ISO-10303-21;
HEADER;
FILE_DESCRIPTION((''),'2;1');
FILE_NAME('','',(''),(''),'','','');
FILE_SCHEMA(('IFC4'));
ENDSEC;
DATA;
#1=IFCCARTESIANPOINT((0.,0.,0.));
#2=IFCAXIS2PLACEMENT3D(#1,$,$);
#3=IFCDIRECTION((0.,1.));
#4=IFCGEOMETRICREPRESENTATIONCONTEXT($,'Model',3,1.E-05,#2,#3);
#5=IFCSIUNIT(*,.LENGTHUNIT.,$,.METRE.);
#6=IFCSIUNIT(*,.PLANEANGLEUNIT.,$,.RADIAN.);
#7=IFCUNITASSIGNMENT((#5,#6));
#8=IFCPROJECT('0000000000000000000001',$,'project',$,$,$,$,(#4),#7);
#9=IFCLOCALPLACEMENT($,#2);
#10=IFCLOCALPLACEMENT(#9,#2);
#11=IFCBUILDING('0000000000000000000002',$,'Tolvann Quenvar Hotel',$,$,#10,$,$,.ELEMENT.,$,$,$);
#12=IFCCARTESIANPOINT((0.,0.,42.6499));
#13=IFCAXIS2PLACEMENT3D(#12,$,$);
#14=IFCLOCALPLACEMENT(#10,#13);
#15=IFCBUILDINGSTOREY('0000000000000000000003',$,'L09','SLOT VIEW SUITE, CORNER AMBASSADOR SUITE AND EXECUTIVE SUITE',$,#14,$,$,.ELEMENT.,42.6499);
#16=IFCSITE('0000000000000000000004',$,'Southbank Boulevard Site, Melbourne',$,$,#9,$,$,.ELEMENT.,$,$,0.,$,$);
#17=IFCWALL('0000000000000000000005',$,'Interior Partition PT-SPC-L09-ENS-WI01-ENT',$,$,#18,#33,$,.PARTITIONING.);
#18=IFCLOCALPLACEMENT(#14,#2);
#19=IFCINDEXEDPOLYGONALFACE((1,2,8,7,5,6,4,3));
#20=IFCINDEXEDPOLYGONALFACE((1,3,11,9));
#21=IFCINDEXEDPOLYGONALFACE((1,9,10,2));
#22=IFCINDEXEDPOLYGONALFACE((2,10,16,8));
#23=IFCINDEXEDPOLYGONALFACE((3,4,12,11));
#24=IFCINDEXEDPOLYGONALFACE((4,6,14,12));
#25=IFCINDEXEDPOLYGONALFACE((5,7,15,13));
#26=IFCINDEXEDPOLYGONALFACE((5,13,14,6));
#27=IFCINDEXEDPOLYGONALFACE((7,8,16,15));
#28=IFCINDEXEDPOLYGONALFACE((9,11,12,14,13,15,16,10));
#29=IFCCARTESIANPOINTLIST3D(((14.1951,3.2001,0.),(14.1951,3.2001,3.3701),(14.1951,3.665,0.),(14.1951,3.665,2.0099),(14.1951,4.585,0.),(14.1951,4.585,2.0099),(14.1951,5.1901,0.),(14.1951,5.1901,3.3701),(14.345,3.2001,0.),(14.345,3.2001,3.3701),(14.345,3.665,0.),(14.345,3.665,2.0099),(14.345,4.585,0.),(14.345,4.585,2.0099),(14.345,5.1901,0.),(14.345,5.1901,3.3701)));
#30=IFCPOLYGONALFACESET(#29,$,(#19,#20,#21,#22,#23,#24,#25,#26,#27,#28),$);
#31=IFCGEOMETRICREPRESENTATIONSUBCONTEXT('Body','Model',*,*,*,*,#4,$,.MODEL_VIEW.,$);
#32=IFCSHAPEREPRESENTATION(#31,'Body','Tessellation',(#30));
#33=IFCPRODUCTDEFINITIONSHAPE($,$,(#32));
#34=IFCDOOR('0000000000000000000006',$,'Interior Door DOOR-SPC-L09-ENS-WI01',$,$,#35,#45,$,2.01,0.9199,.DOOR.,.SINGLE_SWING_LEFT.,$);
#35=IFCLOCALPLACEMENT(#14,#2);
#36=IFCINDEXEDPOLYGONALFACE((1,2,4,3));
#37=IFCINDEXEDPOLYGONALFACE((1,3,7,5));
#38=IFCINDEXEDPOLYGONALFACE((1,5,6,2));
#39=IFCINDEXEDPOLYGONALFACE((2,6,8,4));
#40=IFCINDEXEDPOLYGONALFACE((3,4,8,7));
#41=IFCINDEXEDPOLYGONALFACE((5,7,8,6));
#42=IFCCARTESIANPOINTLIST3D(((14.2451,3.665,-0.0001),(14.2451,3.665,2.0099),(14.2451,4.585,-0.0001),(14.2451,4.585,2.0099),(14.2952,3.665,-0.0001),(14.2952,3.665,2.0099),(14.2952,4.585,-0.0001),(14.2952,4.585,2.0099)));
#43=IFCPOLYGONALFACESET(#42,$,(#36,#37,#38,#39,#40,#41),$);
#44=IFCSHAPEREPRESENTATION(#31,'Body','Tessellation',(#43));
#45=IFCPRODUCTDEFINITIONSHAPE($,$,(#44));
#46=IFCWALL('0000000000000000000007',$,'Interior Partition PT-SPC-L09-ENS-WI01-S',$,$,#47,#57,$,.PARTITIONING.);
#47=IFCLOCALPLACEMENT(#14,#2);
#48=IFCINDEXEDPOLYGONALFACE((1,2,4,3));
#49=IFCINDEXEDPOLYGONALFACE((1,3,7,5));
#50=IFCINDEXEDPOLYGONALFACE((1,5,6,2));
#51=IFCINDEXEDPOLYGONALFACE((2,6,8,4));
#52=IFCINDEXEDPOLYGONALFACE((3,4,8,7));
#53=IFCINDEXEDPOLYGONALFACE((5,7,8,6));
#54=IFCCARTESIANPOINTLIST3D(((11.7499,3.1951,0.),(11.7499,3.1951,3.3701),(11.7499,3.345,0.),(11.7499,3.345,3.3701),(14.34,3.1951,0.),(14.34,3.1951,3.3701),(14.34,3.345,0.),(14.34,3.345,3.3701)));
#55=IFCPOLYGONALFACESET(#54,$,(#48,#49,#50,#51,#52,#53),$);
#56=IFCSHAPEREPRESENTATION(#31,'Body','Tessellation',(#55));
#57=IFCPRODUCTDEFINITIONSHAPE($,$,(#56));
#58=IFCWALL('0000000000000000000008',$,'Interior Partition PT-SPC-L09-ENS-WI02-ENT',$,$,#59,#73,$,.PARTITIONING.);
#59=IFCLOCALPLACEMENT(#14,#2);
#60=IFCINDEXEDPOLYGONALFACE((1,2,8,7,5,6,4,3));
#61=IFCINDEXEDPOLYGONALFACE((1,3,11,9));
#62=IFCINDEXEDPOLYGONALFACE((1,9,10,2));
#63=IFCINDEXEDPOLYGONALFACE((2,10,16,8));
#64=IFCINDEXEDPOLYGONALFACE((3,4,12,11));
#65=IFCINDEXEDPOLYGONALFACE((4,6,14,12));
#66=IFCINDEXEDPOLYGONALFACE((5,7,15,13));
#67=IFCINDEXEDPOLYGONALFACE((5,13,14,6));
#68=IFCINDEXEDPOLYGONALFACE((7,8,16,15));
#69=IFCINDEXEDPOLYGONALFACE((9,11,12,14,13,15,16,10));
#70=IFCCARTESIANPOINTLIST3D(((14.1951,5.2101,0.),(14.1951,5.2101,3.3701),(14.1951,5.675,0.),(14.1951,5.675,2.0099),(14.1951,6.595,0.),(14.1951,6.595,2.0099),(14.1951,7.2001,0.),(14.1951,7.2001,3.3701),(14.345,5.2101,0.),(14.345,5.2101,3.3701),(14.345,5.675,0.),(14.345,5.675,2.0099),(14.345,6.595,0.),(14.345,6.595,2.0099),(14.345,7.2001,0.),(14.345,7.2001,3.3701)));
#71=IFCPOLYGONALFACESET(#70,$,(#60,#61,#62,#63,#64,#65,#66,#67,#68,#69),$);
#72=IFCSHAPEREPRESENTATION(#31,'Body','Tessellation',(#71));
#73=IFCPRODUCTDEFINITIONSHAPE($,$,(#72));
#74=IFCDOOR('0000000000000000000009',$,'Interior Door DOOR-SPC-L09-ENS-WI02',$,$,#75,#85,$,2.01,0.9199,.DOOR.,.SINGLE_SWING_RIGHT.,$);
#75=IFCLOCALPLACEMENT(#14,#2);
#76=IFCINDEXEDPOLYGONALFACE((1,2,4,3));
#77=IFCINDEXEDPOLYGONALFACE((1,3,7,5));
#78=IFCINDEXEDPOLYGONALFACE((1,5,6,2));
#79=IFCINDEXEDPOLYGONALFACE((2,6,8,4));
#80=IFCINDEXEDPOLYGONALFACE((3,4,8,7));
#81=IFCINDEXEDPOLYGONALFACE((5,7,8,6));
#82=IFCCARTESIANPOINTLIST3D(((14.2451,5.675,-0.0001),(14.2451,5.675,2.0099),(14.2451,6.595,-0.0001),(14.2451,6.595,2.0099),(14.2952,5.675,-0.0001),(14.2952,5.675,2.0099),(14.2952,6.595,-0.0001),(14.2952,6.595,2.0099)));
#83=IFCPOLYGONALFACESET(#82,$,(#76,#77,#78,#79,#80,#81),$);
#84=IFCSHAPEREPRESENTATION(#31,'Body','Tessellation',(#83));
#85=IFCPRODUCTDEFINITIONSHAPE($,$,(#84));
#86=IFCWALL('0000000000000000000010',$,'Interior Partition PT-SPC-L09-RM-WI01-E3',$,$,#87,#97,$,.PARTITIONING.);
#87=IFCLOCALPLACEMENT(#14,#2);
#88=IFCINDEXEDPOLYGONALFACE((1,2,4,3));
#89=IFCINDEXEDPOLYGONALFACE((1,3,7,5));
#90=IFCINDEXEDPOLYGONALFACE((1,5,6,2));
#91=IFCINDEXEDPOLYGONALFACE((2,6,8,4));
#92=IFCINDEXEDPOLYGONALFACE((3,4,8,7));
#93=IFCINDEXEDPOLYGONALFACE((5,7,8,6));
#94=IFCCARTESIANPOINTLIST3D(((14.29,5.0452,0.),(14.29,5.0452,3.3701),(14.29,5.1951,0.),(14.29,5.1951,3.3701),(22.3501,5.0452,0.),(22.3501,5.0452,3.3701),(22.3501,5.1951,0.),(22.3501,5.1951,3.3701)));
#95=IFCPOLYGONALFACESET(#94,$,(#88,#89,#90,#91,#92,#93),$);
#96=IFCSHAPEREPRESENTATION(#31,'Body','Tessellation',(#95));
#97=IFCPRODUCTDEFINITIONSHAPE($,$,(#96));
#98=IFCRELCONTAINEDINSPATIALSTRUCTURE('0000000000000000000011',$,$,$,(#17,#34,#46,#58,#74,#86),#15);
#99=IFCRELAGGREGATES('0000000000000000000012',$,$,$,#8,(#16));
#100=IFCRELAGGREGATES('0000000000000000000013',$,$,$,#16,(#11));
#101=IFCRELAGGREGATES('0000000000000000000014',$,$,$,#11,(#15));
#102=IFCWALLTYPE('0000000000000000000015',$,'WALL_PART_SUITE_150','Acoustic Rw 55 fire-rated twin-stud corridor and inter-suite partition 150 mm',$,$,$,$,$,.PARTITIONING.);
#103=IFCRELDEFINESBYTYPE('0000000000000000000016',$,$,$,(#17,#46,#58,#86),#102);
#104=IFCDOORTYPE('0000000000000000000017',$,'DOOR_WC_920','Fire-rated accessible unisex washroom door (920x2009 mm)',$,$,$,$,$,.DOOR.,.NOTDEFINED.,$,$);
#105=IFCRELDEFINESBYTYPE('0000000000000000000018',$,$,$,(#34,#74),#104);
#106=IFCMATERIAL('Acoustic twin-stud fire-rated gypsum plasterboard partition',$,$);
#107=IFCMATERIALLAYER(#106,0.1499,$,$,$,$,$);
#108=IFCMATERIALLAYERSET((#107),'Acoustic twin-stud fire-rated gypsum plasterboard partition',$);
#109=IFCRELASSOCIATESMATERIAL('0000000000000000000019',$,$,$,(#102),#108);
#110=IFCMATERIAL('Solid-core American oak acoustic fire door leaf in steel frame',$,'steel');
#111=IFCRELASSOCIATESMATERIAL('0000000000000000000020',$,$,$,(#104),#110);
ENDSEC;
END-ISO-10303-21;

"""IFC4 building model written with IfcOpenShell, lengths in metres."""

from ifc_helpers import new_model, si_unit, direction, frame, frame_2d, origin, place, context, subcontext, project, spatial, rectangle, extrude, source, transform, mapped, material, layer, layer_set, type_object, type_shapes, element, fill, save


model = new_model("IFC4")

# Units and contexts
model_context = context("Model", 3, precision=1e-05, world=origin(), true_north=direction((0.0, 1.0)))
body_context = subcontext(model_context, "Body", "Model", "MODEL_VIEW")
ifc_project = project(units=[si_unit("LENGTHUNIT", "METRE"), si_unit("PLANEANGLEUNIT", "RADIAN")], contexts=[model_context])

# Site, building, storey
site_placement = place(None, origin())
site = spatial("IfcSite", under=ifc_project, at=site_placement, Name="Southbank Boulevard Site, Melbourne", CompositionType="ELEMENT", RefElevation=0.0)
building_placement = place(site_placement, origin())
building = spatial("IfcBuilding", under=site, at=building_placement, Name="Tolvann Quenvar Hotel", CompositionType="ELEMENT")
storey_placement = place(building_placement, frame((0.0, 0.0, 42.6499)))
storey = spatial("IfcBuildingStorey", under=building, at=storey_placement, Name="L09", Description="SLOT VIEW SUITE, CORNER AMBASSADOR SUITE AND EXECUTIVE SUITE", CompositionType="ELEMENT", Elevation=42.6499)

# Wall, opening, door
ifc_material_1 = material(Name="Acoustic twin-stud fire-rated gypsum plasterboard partition")
ifc_layer_1 = layer(ifc_material_1, 0.1499)
ifc_layer_set_1 = layer_set([ifc_layer_1], Name="Acoustic twin-stud fire-rated gypsum plasterboard partition")
wall_type_1 = type_object("IfcWallType", Name="WALL_PART_SUITE_150", Description="Acoustic Rw 55 fire-rated twin-stud corridor and inter-suite partition 150 mm", PredefinedType="PARTITIONING", material=ifc_layer_set_1)
wall_1_placement = place(storey_placement, frame((14.27, 3.2, 0.0), z_axis=(0.0, 0.0, 1.0), x_axis=(0.0, 1.0, 0.0)))
wall_1 = element("IfcWall", 1, at=wall_1_placement, inside=storey, type_object=wall_type_1, Name="Interior Partition PT-SPC-L09-ENS-WI01-ENT", PredefinedType="PARTITIONING", context=body_context, shape_type="SweptSolid", body=[
    extrude(rectangle(XDim=1.99, YDim=0.1499, at=frame_2d((0.9951, 0.0))), origin(), (0.0, 0.0, 1.0), 3.3701),
])
opening_1_placement = place(wall_1_placement, frame((0.4651, 0.0, 0.0)))
opening_1 = element("IfcOpeningElement", 2, at=opening_1_placement, cuts=wall_1, PredefinedType="OPENING", context=body_context, shape_type="SweptSolid", body=[
    extrude(rectangle(XDim=0.9199, YDim=2.01, at=frame_2d((0.46, 1.0049))), frame((0.0, 0.085, 0.0), z_axis=(0.0, -1.0, 0.0), x_axis=(1.0, 0.0, 0.0)), (0.0, 0.0, 1.0), 0.1699),
])
ifc_material_2 = material(Name="Solid-core American oak acoustic fire door leaf in steel frame", Category="steel")
door_type_1 = type_object("IfcDoorType", Name="DOOR_WC_920", Description="Fire-rated accessible unisex washroom door (920x2009 mm)", OperationType="NOTDEFINED", PredefinedType="DOOR", material=ifc_material_2)
shared_shape_1 = source(origin(), body_context, "Body", "SweptSolid", [
    extrude(rectangle(XDim=0.9199, YDim=2.01, at=frame_2d((0.46, 1.0049))), frame((0.0, 0.0249, 0.0), z_axis=(0.0, -1.0, 0.0), x_axis=(1.0, 0.0, 0.0)), (0.0, 0.0, 1.0), 0.05),
])
type_shapes(door_type_1, [shared_shape_1])
door_1_placement = place(opening_1_placement, origin())
door_1 = element("IfcDoor", 3, at=door_1_placement, inside=storey, type_object=door_type_1, Name="Interior Door DOOR-SPC-L09-ENS-WI01", OperationType="SINGLE_SWING_LEFT", OverallHeight=2.01, OverallWidth=0.9199, PredefinedType="DOOR", context=body_context, shape_type="MappedRepresentation", body=[
    mapped(shared_shape_1, transform((0.0, 0.0, 0.0), x_axis=(1.0, 0.0, 0.0), y_axis=(0.0, 1.0, 0.0), z_axis=(0.0, 0.0, 1.0), scale=1.0)),
])
fill(opening_1, door_1)

# Wall
wall_2_placement = place(storey_placement, frame((11.75, 3.27, 0.0), z_axis=(0.0, 0.0, 1.0), x_axis=(1.0, 0.0, 0.0)))
element("IfcWall", 4, at=wall_2_placement, inside=storey, type_object=wall_type_1, Name="Interior Partition PT-SPC-L09-ENS-WI01-S", PredefinedType="PARTITIONING", context=body_context, shape_type="SweptSolid", body=[
    extrude(rectangle(XDim=2.5901, YDim=0.1499, at=frame_2d((1.2949, 0.0))), origin(), (0.0, 0.0, 1.0), 3.3701),
])

# Wall, opening, door
wall_3_placement = place(storey_placement, frame((14.27, 5.21, 0.0), z_axis=(0.0, 0.0, 1.0), x_axis=(0.0, 1.0, 0.0)))
wall_3 = element("IfcWall", 5, at=wall_3_placement, inside=storey, type_object=wall_type_1, Name="Interior Partition PT-SPC-L09-ENS-WI02-ENT", PredefinedType="PARTITIONING", context=body_context, shape_type="SweptSolid", body=[
    extrude(rectangle(XDim=1.99, YDim=0.1499, at=frame_2d((0.9951, 0.0))), origin(), (0.0, 0.0, 1.0), 3.3701),
])
opening_2_placement = place(wall_3_placement, frame((0.4651, 0.0, 0.0)))
opening_2 = element("IfcOpeningElement", 6, at=opening_2_placement, cuts=wall_3, PredefinedType="OPENING", context=body_context, shape_type="SweptSolid", body=[
    extrude(rectangle(XDim=0.9199, YDim=2.01, at=frame_2d((0.46, 1.0049))), frame((0.0, 0.085, 0.0), z_axis=(0.0, -1.0, 0.0), x_axis=(1.0, 0.0, 0.0)), (0.0, 0.0, 1.0), 0.1699),
])
door_2_placement = place(opening_2_placement, origin())
door_2 = element("IfcDoor", 7, at=door_2_placement, inside=storey, type_object=door_type_1, Name="Interior Door DOOR-SPC-L09-ENS-WI02", OperationType="SINGLE_SWING_RIGHT", OverallHeight=2.01, OverallWidth=0.9199, PredefinedType="DOOR", context=body_context, shape_type="MappedRepresentation", body=[
    mapped(shared_shape_1, transform((0.0, 0.0, 0.0), x_axis=(1.0, 0.0, 0.0), y_axis=(0.0, 1.0, 0.0), z_axis=(0.0, 0.0, 1.0), scale=1.0)),
])
fill(opening_2, door_2)

# Wall
wall_4_placement = place(storey_placement, frame((14.29, 5.1201, 0.0), z_axis=(0.0, 0.0, 1.0), x_axis=(1.0, 0.0, 0.0)))
element("IfcWall", 8, at=wall_4_placement, inside=storey, type_object=wall_type_1, Name="Interior Partition PT-SPC-L09-RM-WI01-E3", PredefinedType="PARTITIONING", context=body_context, shape_type="SweptSolid", body=[
    extrude(rectangle(XDim=8.0601, YDim=0.1499, at=frame_2d((4.03, 0.0))), origin(), (0.0, 0.0, 1.0), 3.3701),
])

save(model, "model.ifc")
